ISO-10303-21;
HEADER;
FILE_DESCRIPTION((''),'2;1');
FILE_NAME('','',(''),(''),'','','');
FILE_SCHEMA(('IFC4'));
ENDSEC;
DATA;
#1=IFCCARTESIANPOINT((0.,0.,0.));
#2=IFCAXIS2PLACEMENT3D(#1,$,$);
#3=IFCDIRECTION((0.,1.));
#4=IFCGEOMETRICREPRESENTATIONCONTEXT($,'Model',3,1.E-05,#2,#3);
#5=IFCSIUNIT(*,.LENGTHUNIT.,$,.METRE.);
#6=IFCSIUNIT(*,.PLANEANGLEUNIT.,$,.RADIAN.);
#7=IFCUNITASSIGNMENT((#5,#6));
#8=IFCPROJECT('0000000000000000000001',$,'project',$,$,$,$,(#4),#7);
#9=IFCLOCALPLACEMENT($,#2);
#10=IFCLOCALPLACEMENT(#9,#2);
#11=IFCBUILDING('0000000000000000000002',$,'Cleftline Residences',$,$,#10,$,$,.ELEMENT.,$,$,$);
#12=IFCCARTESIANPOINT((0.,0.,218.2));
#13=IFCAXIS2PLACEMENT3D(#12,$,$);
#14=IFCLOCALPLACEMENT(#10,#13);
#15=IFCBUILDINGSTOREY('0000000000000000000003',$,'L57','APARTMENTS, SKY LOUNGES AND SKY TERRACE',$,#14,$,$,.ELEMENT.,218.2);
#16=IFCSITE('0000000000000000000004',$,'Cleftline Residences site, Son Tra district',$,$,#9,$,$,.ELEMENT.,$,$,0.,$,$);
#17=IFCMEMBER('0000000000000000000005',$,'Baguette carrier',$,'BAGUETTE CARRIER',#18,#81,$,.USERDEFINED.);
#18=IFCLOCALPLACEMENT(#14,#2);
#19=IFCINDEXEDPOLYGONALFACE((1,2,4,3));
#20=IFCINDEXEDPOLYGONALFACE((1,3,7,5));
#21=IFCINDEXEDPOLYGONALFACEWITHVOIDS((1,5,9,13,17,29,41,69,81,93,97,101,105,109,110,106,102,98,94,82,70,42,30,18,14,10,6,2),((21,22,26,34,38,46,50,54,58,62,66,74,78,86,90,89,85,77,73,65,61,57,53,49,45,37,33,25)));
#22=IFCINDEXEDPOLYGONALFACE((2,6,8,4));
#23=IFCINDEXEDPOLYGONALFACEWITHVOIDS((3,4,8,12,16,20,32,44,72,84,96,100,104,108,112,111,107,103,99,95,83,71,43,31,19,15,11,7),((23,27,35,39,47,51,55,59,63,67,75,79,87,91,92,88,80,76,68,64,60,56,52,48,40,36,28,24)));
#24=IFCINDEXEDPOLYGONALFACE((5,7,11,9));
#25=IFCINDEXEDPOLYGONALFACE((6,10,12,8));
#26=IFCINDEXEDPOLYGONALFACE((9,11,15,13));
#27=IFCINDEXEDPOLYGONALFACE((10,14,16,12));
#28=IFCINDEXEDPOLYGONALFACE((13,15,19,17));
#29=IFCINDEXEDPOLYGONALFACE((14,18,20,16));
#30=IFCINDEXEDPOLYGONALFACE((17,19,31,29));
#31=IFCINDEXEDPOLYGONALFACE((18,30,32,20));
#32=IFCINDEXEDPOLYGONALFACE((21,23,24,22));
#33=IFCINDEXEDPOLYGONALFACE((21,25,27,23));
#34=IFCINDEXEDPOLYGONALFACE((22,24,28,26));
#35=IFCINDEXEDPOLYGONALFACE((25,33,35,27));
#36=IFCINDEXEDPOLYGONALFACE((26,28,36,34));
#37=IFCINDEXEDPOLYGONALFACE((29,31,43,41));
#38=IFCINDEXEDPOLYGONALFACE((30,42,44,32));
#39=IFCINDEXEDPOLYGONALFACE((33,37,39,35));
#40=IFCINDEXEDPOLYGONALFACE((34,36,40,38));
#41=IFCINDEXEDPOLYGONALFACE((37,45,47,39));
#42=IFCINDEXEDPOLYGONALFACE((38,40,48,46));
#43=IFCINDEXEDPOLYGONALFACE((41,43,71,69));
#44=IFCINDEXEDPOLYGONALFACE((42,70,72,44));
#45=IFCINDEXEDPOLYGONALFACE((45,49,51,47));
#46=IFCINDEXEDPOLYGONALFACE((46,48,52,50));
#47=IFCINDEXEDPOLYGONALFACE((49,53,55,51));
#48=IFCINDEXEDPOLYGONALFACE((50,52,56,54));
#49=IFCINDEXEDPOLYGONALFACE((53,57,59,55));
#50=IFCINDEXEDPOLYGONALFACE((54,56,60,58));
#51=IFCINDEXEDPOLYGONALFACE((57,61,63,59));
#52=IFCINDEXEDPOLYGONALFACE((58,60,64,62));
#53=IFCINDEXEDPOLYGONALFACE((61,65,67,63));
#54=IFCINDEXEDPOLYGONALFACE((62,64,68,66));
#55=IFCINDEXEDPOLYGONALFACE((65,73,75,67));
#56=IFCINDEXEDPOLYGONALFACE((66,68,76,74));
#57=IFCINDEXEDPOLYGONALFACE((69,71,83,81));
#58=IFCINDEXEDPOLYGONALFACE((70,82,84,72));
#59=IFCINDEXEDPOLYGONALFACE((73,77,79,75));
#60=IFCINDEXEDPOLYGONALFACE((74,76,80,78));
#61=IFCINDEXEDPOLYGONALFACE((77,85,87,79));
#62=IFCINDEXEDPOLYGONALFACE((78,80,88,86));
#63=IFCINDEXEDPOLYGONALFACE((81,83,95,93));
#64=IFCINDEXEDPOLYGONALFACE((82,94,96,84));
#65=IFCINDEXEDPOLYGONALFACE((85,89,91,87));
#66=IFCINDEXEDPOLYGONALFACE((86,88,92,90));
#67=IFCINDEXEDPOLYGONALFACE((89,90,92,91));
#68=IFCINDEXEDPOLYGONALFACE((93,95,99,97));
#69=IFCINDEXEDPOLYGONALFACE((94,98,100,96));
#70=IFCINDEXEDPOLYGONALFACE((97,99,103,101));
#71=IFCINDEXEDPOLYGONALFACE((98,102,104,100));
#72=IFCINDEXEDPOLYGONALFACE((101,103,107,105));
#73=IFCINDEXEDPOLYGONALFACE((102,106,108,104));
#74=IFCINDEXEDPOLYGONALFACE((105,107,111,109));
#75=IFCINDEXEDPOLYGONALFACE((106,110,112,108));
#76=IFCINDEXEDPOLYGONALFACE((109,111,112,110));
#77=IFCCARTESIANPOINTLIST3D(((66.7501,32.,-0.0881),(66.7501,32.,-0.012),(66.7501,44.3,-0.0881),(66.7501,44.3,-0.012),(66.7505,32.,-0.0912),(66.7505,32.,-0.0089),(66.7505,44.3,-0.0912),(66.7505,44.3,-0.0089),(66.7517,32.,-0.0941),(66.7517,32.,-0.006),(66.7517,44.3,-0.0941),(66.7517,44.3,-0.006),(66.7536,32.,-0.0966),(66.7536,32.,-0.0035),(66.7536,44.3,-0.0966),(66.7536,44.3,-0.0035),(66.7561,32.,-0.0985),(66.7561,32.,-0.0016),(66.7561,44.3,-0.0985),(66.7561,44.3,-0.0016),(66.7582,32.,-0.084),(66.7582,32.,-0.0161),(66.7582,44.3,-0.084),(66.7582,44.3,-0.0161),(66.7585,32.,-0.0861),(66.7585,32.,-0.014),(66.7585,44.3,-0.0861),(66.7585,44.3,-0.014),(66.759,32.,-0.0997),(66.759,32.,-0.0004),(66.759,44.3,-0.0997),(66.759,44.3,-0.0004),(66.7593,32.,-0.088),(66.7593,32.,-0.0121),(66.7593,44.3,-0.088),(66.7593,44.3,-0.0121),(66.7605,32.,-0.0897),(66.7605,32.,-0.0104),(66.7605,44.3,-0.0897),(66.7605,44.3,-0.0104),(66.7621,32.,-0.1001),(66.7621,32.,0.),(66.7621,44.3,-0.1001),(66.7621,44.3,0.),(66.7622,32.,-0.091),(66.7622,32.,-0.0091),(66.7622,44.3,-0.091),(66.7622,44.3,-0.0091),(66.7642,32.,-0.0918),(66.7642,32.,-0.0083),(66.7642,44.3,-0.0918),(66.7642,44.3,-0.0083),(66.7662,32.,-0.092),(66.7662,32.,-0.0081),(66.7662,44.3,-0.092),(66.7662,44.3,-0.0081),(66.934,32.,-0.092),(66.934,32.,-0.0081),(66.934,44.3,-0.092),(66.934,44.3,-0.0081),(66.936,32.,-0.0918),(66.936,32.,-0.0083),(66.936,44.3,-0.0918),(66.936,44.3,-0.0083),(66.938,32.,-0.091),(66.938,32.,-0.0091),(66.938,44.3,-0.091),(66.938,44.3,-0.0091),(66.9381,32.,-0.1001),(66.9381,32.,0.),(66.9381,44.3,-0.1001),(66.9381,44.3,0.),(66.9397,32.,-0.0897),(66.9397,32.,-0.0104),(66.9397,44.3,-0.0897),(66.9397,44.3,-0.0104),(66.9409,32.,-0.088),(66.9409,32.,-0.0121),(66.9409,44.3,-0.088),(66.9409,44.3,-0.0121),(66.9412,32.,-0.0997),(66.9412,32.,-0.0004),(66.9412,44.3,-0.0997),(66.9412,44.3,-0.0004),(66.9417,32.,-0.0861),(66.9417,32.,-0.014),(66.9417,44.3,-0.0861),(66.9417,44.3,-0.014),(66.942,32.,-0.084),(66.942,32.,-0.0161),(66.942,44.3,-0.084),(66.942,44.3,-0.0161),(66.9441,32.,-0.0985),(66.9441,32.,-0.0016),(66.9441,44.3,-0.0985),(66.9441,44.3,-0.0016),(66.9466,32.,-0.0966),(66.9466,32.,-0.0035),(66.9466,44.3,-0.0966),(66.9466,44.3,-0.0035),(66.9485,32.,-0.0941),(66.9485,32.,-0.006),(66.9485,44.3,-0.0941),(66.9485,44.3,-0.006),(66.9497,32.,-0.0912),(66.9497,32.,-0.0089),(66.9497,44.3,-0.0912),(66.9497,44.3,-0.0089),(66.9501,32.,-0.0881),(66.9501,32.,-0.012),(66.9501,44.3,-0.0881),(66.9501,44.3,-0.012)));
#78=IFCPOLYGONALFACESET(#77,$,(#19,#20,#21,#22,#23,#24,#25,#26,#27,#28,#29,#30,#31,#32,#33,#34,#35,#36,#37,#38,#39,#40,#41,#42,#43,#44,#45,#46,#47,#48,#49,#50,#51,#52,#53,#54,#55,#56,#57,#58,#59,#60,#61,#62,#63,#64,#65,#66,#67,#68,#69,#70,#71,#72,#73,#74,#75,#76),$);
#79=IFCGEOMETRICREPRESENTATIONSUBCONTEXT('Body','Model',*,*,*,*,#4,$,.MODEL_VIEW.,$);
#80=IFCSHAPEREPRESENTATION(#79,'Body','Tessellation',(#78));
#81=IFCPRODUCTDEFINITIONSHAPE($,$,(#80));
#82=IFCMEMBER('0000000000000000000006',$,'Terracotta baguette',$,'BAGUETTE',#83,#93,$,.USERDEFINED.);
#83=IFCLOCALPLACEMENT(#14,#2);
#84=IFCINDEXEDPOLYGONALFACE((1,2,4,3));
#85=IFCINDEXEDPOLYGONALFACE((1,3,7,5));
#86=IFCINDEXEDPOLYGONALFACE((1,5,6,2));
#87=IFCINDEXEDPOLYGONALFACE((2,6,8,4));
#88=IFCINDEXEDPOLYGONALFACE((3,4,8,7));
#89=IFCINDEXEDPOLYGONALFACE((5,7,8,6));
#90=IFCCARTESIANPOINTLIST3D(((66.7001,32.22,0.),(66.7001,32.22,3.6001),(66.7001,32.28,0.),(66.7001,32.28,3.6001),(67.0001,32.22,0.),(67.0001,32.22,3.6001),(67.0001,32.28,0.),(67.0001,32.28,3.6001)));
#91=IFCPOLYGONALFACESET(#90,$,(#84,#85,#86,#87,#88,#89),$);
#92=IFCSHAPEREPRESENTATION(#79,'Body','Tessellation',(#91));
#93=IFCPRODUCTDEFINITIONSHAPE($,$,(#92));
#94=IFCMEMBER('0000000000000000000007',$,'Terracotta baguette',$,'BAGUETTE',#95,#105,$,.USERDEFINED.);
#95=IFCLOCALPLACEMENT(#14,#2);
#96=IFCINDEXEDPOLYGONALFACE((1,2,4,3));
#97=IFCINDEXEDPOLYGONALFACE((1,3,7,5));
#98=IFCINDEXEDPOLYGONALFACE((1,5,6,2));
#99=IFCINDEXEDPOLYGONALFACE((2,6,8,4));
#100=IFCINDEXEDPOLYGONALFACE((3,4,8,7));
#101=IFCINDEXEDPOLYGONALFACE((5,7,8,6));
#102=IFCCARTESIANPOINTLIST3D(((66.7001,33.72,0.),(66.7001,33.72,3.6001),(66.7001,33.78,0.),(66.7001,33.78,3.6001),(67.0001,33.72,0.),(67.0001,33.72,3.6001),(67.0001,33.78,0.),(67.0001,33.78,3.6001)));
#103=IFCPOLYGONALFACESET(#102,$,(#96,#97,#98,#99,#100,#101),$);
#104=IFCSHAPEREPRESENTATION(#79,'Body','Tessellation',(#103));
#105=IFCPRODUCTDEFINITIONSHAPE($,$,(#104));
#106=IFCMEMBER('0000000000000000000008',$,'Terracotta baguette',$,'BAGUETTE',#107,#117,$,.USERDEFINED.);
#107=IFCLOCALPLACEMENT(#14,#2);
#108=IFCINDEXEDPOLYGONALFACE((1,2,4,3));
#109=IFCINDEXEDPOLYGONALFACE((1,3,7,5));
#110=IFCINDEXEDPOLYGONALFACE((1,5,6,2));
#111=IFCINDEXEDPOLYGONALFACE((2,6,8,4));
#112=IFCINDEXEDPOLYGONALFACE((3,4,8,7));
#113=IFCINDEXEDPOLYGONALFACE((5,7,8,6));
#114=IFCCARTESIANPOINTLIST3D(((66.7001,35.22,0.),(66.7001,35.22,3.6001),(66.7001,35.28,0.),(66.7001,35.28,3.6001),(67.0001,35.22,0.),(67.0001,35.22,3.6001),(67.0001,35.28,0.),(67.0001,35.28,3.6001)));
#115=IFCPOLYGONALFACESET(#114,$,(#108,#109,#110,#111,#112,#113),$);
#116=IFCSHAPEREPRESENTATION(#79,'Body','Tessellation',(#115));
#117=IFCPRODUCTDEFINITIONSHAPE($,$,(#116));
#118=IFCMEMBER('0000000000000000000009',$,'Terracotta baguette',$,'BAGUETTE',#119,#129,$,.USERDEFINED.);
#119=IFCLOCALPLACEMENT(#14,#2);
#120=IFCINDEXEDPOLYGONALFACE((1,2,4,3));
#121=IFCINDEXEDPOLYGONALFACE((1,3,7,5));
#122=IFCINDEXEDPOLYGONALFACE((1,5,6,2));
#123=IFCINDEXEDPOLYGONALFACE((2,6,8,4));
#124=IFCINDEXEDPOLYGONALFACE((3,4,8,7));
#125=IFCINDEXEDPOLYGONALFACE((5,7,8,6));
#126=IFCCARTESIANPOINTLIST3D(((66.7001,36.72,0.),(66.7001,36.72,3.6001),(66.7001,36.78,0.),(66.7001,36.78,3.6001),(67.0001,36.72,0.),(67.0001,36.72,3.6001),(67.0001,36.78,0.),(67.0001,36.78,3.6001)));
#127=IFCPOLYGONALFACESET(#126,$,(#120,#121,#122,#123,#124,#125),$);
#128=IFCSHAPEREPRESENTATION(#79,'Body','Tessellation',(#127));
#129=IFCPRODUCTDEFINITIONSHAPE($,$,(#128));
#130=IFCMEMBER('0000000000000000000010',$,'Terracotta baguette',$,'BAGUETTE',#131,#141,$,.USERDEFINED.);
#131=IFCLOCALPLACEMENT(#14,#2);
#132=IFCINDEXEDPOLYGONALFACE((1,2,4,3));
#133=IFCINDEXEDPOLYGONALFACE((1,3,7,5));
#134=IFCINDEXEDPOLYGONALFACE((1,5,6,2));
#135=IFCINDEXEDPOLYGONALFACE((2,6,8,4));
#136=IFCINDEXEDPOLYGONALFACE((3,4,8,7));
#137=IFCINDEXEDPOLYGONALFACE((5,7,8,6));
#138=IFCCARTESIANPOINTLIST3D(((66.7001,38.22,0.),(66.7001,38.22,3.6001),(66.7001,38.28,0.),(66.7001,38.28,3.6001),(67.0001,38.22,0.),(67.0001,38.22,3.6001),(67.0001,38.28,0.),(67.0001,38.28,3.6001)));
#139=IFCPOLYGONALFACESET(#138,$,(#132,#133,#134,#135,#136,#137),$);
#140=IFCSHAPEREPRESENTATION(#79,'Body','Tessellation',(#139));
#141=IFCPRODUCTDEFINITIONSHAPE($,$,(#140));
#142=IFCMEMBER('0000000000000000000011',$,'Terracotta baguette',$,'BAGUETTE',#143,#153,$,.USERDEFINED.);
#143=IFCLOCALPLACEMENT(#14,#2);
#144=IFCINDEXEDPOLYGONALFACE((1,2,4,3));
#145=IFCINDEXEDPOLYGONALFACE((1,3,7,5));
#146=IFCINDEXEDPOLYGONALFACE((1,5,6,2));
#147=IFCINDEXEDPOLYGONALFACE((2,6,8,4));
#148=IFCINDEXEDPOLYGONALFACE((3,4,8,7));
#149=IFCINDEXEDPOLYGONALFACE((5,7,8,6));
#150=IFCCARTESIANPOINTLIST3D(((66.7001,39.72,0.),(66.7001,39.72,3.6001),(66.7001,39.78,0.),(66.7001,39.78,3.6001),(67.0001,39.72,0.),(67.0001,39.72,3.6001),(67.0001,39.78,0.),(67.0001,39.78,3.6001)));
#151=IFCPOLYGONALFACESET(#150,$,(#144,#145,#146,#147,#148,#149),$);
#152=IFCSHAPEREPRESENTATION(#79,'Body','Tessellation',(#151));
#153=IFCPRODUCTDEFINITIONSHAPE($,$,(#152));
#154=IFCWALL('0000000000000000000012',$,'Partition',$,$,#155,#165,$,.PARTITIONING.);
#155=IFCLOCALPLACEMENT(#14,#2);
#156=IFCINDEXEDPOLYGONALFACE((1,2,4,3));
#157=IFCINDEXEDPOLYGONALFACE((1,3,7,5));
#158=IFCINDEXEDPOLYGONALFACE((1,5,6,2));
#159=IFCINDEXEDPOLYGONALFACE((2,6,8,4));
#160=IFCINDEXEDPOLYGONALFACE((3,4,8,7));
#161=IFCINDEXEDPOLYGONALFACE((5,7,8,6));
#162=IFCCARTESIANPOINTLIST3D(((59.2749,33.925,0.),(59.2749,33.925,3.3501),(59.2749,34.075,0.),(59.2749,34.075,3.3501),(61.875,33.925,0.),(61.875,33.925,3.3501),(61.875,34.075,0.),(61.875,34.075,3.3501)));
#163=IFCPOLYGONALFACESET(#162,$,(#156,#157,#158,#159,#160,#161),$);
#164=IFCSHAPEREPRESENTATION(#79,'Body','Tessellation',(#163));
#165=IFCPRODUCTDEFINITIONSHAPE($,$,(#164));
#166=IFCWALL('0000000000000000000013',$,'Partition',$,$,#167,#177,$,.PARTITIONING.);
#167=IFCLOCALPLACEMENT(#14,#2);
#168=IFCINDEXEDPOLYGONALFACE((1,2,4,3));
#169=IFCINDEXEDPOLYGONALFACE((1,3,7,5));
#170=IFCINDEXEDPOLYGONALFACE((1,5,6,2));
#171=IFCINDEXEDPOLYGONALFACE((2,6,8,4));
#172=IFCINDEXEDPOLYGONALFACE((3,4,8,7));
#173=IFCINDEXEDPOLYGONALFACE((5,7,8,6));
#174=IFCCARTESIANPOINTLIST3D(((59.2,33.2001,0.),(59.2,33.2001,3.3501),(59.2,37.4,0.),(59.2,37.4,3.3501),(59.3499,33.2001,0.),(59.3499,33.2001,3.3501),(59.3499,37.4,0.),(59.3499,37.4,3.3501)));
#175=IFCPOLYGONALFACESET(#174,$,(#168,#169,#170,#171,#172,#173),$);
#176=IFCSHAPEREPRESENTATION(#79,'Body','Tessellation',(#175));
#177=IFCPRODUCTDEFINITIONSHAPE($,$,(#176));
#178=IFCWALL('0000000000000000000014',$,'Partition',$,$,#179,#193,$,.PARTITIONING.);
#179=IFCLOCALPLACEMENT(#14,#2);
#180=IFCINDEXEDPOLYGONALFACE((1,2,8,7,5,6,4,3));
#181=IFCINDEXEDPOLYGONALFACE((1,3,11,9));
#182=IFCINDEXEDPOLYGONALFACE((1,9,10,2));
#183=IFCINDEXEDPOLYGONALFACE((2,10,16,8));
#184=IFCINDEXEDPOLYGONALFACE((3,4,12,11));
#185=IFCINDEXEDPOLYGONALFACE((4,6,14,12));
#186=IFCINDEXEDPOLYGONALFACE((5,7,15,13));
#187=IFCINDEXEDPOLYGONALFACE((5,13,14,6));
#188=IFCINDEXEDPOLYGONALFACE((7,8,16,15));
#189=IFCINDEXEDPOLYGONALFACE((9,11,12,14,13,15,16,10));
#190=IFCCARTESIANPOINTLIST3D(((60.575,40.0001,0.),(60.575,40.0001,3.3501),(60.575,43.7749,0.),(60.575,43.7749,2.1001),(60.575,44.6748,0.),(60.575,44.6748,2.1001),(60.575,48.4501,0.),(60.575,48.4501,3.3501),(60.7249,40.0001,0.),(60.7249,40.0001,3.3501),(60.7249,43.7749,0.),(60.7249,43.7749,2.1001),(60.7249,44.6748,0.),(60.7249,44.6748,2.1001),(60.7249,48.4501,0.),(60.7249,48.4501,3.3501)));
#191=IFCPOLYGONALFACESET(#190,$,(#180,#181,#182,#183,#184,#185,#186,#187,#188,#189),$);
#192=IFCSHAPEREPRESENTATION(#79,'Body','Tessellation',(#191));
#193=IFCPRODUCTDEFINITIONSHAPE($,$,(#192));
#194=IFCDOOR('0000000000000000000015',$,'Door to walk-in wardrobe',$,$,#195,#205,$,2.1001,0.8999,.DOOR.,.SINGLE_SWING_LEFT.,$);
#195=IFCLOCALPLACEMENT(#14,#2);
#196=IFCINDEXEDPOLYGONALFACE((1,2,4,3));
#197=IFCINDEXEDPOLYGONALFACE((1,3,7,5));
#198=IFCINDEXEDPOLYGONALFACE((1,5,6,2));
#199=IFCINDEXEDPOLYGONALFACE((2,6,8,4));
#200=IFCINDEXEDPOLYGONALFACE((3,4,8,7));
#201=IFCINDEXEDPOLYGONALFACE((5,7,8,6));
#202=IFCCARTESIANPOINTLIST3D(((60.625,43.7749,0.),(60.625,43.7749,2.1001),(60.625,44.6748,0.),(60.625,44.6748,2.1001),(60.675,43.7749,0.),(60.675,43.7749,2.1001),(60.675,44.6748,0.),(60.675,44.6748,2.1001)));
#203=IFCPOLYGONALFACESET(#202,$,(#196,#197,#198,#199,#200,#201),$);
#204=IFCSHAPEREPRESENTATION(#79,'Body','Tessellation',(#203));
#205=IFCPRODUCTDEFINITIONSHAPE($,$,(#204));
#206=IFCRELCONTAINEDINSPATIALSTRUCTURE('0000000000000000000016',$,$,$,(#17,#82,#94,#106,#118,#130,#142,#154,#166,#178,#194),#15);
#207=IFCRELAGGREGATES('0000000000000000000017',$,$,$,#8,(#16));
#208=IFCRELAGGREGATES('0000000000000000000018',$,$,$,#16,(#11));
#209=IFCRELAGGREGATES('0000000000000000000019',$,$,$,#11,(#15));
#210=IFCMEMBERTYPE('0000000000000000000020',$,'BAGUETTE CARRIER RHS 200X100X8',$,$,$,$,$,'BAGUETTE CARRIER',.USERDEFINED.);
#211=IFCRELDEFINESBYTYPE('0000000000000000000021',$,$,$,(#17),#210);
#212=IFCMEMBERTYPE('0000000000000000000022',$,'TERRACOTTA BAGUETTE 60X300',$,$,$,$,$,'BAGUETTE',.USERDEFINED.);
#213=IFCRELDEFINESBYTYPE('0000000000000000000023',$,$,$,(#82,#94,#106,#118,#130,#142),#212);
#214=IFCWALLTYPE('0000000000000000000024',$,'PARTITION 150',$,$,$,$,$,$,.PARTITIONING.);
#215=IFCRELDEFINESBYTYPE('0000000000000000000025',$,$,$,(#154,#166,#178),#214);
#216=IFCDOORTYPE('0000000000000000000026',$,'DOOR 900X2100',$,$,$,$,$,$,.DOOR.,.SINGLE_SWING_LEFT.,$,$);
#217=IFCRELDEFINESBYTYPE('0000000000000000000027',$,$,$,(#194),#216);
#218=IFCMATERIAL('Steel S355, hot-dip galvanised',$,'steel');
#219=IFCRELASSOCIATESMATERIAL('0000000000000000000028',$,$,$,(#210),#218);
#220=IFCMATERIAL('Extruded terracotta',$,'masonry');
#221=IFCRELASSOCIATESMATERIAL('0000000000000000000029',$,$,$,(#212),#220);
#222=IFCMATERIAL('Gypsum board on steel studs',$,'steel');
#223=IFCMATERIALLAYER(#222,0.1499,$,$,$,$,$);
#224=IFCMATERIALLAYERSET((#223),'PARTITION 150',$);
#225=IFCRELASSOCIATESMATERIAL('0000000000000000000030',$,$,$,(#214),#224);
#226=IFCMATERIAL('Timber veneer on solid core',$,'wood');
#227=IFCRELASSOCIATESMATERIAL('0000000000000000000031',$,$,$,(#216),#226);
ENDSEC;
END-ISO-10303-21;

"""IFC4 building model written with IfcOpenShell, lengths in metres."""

from ifc_helpers import new_model, si_unit, direction, frame, frame_2d, origin, origin_2d, place, context, subcontext, project, spatial, rectangle, hollow_rectangle, extrude, material, layer, layer_set, material_profile, profile_set, type_object, element, fill, save


model = new_model("IFC4")

# Units and contexts
model_context = context("Model", 3, precision=1e-05, world=origin(), true_north=direction((0.0, 1.0)))
body_context = subcontext(model_context, "Body", "Model", "MODEL_VIEW")
ifc_project = project(units=[si_unit("LENGTHUNIT", "METRE"), si_unit("PLANEANGLEUNIT", "RADIAN")], contexts=[model_context])

# Site, building, storey
site_placement = place(None, origin())
site = spatial("IfcSite", under=ifc_project, at=site_placement, Name="Cleftline Residences site, Son Tra district", CompositionType="ELEMENT", RefElevation=0.0)
building_placement = place(site_placement, origin())
building = spatial("IfcBuilding", under=site, at=building_placement, Name="Cleftline Residences", CompositionType="ELEMENT")
storey_placement = place(building_placement, frame((0.0, 0.0, 218.2)))
storey = spatial("IfcBuildingStorey", under=building, at=storey_placement, Name="L57", Description="APARTMENTS, SKY LOUNGES AND SKY TERRACE", CompositionType="ELEMENT", Elevation=218.2)

# Members
ifc_material_1 = material(Name="Steel S355, hot-dip galvanised", Category="steel")
ifc_material_profile_1 = material_profile(ifc_material_1, hollow_rectangle(XDim=0.1001, YDim=0.2, WallThickness=0.0081, InnerFilletRadius=0.0081, OuterFilletRadius=0.012, at=origin_2d()))
ifc_profile_set_1 = profile_set([ifc_material_profile_1], Name="Steel S355, hot-dip galvanised")
member_type_1 = type_object("IfcMemberType", Name="BAGUETTE CARRIER RHS 200X100X8", ElementType="BAGUETTE CARRIER", PredefinedType="USERDEFINED", material=ifc_profile_set_1)
member_placement = place(storey_placement, frame((66.8501, 32.0, -0.05), z_axis=(0.0, 1.0, 0.0), x_axis=(0.0, 0.0, 1.0)))
element("IfcMember", 1, at=member_placement, inside=storey, type_object=member_type_1, Name="Baguette carrier", ObjectType="BAGUETTE CARRIER", PredefinedType="USERDEFINED", context=body_context, shape_type="SweptSolid", body=[
    extrude(hollow_rectangle(XDim=0.1001, YDim=0.2, WallThickness=0.0081, InnerFilletRadius=0.0081, OuterFilletRadius=0.012, at=origin_2d()), origin(), (0.0, 0.0, 1.0), 12.3),
])
ifc_material_2 = material(Name="Extruded terracotta", Category="masonry")
ifc_material_profile_2 = material_profile(ifc_material_2, rectangle(XDim=0.0601, YDim=0.3, at=origin_2d()))
ifc_profile_set_2 = profile_set([ifc_material_profile_2], Name="Extruded terracotta")
member_type_2 = type_object("IfcMemberType", Name="TERRACOTTA BAGUETTE 60X300", ElementType="BAGUETTE", PredefinedType="USERDEFINED", material=ifc_profile_set_2)
for number, where, z_axis, x_axis, name in (
    (2, (66.8501, 32.25, 0.0), (0.0, 0.0, 1.0), (0.0, 1.0, 0.0), "Terracotta baguette"),
    (3, (66.8501, 33.75, 0.0), (0.0, 0.0, 1.0), (0.0, 1.0, 0.0), "Terracotta baguette"),
    (4, (66.8501, 35.25, 0.0), (0.0, 0.0, 1.0), (0.0, 1.0, 0.0), "Terracotta baguette"),
    (5, (66.8501, 36.75, 0.0), (0.0, 0.0, 1.0), (0.0, 1.0, 0.0), "Terracotta baguette"),
    (6, (66.8501, 38.25, 0.0), (0.0, 0.0, 1.0), (0.0, 1.0, 0.0), "Terracotta baguette"),
    (7, (66.8501, 39.75, 0.0), (0.0, 0.0, 1.0), (0.0, 1.0, 0.0), "Terracotta baguette"),
):
    element("IfcMember", number, at=place(storey_placement, frame(where, z_axis=z_axis, x_axis=x_axis)), inside=storey, type_object=member_type_2, Name=name, ObjectType="BAGUETTE", PredefinedType="USERDEFINED", context=body_context, shape_type="SweptSolid", body=[
        extrude(rectangle(XDim=0.0601, YDim=0.3, at=origin_2d()), origin(), (0.0, 0.0, 1.0), 3.6001),
    ])

# Walls
ifc_material_3 = material(Name="Gypsum board on steel studs", Category="steel")
ifc_layer = layer(ifc_material_3, 0.1499)
ifc_layer_set = layer_set([ifc_layer], Name="PARTITION 150")
wall_type = type_object("IfcWallType", Name="PARTITION 150", PredefinedType="PARTITIONING", material=ifc_layer_set)
wall_1_placement = place(storey_placement, frame((59.2749, 34.0, 0.0), z_axis=(0.0, 0.0, 1.0), x_axis=(1.0, 0.0, 0.0)))
element("IfcWall", 8, at=wall_1_placement, inside=storey, type_object=wall_type, Name="Partition", PredefinedType="PARTITIONING", context=body_context, shape_type="SweptSolid", body=[
    extrude(rectangle(XDim=2.6001, YDim=0.1499, at=frame_2d((1.3, 0.0))), origin(), (0.0, 0.0, 1.0), 3.3501),
])
wall_2_placement = place(storey_placement, frame((59.2749, 33.2, 0.0), z_axis=(0.0, 0.0, 1.0), x_axis=(0.0, 1.0, 0.0)))
element("IfcWall", 9, at=wall_2_placement, inside=storey, type_object=wall_type, Name="Partition", PredefinedType="PARTITIONING", context=body_context, shape_type="SweptSolid", body=[
    extrude(rectangle(XDim=4.2, YDim=0.1499, at=frame_2d((2.1001, 0.0))), origin(), (0.0, 0.0, 1.0), 3.3501),
])

# Wall, opening, door
wall_3_placement = place(storey_placement, frame((60.6499, 40.0, 0.0), z_axis=(0.0, 0.0, 1.0), x_axis=(0.0, 1.0, 0.0)))
wall_3 = element("IfcWall", 10, at=wall_3_placement, inside=storey, type_object=wall_type, Name="Partition", PredefinedType="PARTITIONING", context=body_context, shape_type="SweptSolid", body=[
    extrude(rectangle(XDim=8.45, YDim=0.1499, at=frame_2d((4.2251, 0.0))), origin(), (0.0, 0.0, 1.0), 3.3501),
])
opening_placement = place(wall_3_placement, frame((3.7749, 0.0, 0.0)))
opening = element("IfcOpeningElement", 11, at=opening_placement, cuts=wall_3, PredefinedType="OPENING", context=body_context, shape_type="SweptSolid", body=[
    extrude(rectangle(XDim=0.8999, YDim=2.1001, at=frame_2d((0.45, 1.05))), frame((0.0, 0.085, 0.0), z_axis=(0.0, -1.0, 0.0), x_axis=(1.0, 0.0, 0.0)), (0.0, 0.0, 1.0), 0.1699),
])
ifc_material_4 = material(Name="Timber veneer on solid core", Category="wood")
door_type = type_object("IfcDoorType", Name="DOOR 900X2100", OperationType="SINGLE_SWING_LEFT", PredefinedType="DOOR", material=ifc_material_4)
door_placement = place(opening_placement, origin())
door = element("IfcDoor", 12, at=door_placement, inside=storey, type_object=door_type, Name="Door to walk-in wardrobe", OperationType="SINGLE_SWING_LEFT", OverallHeight=2.1001, OverallWidth=0.8999, PredefinedType="DOOR", context=body_context, shape_type="SweptSolid", body=[
    extrude(rectangle(XDim=0.8999, YDim=2.1001, at=frame_2d((0.45, 1.05))), frame((0.0, 0.0249, 0.0), z_axis=(0.0, -1.0, 0.0), x_axis=(1.0, 0.0, 0.0)), (0.0, 0.0, 1.0), 0.05),
])
fill(opening, door)

save(model, "model.ifc")
